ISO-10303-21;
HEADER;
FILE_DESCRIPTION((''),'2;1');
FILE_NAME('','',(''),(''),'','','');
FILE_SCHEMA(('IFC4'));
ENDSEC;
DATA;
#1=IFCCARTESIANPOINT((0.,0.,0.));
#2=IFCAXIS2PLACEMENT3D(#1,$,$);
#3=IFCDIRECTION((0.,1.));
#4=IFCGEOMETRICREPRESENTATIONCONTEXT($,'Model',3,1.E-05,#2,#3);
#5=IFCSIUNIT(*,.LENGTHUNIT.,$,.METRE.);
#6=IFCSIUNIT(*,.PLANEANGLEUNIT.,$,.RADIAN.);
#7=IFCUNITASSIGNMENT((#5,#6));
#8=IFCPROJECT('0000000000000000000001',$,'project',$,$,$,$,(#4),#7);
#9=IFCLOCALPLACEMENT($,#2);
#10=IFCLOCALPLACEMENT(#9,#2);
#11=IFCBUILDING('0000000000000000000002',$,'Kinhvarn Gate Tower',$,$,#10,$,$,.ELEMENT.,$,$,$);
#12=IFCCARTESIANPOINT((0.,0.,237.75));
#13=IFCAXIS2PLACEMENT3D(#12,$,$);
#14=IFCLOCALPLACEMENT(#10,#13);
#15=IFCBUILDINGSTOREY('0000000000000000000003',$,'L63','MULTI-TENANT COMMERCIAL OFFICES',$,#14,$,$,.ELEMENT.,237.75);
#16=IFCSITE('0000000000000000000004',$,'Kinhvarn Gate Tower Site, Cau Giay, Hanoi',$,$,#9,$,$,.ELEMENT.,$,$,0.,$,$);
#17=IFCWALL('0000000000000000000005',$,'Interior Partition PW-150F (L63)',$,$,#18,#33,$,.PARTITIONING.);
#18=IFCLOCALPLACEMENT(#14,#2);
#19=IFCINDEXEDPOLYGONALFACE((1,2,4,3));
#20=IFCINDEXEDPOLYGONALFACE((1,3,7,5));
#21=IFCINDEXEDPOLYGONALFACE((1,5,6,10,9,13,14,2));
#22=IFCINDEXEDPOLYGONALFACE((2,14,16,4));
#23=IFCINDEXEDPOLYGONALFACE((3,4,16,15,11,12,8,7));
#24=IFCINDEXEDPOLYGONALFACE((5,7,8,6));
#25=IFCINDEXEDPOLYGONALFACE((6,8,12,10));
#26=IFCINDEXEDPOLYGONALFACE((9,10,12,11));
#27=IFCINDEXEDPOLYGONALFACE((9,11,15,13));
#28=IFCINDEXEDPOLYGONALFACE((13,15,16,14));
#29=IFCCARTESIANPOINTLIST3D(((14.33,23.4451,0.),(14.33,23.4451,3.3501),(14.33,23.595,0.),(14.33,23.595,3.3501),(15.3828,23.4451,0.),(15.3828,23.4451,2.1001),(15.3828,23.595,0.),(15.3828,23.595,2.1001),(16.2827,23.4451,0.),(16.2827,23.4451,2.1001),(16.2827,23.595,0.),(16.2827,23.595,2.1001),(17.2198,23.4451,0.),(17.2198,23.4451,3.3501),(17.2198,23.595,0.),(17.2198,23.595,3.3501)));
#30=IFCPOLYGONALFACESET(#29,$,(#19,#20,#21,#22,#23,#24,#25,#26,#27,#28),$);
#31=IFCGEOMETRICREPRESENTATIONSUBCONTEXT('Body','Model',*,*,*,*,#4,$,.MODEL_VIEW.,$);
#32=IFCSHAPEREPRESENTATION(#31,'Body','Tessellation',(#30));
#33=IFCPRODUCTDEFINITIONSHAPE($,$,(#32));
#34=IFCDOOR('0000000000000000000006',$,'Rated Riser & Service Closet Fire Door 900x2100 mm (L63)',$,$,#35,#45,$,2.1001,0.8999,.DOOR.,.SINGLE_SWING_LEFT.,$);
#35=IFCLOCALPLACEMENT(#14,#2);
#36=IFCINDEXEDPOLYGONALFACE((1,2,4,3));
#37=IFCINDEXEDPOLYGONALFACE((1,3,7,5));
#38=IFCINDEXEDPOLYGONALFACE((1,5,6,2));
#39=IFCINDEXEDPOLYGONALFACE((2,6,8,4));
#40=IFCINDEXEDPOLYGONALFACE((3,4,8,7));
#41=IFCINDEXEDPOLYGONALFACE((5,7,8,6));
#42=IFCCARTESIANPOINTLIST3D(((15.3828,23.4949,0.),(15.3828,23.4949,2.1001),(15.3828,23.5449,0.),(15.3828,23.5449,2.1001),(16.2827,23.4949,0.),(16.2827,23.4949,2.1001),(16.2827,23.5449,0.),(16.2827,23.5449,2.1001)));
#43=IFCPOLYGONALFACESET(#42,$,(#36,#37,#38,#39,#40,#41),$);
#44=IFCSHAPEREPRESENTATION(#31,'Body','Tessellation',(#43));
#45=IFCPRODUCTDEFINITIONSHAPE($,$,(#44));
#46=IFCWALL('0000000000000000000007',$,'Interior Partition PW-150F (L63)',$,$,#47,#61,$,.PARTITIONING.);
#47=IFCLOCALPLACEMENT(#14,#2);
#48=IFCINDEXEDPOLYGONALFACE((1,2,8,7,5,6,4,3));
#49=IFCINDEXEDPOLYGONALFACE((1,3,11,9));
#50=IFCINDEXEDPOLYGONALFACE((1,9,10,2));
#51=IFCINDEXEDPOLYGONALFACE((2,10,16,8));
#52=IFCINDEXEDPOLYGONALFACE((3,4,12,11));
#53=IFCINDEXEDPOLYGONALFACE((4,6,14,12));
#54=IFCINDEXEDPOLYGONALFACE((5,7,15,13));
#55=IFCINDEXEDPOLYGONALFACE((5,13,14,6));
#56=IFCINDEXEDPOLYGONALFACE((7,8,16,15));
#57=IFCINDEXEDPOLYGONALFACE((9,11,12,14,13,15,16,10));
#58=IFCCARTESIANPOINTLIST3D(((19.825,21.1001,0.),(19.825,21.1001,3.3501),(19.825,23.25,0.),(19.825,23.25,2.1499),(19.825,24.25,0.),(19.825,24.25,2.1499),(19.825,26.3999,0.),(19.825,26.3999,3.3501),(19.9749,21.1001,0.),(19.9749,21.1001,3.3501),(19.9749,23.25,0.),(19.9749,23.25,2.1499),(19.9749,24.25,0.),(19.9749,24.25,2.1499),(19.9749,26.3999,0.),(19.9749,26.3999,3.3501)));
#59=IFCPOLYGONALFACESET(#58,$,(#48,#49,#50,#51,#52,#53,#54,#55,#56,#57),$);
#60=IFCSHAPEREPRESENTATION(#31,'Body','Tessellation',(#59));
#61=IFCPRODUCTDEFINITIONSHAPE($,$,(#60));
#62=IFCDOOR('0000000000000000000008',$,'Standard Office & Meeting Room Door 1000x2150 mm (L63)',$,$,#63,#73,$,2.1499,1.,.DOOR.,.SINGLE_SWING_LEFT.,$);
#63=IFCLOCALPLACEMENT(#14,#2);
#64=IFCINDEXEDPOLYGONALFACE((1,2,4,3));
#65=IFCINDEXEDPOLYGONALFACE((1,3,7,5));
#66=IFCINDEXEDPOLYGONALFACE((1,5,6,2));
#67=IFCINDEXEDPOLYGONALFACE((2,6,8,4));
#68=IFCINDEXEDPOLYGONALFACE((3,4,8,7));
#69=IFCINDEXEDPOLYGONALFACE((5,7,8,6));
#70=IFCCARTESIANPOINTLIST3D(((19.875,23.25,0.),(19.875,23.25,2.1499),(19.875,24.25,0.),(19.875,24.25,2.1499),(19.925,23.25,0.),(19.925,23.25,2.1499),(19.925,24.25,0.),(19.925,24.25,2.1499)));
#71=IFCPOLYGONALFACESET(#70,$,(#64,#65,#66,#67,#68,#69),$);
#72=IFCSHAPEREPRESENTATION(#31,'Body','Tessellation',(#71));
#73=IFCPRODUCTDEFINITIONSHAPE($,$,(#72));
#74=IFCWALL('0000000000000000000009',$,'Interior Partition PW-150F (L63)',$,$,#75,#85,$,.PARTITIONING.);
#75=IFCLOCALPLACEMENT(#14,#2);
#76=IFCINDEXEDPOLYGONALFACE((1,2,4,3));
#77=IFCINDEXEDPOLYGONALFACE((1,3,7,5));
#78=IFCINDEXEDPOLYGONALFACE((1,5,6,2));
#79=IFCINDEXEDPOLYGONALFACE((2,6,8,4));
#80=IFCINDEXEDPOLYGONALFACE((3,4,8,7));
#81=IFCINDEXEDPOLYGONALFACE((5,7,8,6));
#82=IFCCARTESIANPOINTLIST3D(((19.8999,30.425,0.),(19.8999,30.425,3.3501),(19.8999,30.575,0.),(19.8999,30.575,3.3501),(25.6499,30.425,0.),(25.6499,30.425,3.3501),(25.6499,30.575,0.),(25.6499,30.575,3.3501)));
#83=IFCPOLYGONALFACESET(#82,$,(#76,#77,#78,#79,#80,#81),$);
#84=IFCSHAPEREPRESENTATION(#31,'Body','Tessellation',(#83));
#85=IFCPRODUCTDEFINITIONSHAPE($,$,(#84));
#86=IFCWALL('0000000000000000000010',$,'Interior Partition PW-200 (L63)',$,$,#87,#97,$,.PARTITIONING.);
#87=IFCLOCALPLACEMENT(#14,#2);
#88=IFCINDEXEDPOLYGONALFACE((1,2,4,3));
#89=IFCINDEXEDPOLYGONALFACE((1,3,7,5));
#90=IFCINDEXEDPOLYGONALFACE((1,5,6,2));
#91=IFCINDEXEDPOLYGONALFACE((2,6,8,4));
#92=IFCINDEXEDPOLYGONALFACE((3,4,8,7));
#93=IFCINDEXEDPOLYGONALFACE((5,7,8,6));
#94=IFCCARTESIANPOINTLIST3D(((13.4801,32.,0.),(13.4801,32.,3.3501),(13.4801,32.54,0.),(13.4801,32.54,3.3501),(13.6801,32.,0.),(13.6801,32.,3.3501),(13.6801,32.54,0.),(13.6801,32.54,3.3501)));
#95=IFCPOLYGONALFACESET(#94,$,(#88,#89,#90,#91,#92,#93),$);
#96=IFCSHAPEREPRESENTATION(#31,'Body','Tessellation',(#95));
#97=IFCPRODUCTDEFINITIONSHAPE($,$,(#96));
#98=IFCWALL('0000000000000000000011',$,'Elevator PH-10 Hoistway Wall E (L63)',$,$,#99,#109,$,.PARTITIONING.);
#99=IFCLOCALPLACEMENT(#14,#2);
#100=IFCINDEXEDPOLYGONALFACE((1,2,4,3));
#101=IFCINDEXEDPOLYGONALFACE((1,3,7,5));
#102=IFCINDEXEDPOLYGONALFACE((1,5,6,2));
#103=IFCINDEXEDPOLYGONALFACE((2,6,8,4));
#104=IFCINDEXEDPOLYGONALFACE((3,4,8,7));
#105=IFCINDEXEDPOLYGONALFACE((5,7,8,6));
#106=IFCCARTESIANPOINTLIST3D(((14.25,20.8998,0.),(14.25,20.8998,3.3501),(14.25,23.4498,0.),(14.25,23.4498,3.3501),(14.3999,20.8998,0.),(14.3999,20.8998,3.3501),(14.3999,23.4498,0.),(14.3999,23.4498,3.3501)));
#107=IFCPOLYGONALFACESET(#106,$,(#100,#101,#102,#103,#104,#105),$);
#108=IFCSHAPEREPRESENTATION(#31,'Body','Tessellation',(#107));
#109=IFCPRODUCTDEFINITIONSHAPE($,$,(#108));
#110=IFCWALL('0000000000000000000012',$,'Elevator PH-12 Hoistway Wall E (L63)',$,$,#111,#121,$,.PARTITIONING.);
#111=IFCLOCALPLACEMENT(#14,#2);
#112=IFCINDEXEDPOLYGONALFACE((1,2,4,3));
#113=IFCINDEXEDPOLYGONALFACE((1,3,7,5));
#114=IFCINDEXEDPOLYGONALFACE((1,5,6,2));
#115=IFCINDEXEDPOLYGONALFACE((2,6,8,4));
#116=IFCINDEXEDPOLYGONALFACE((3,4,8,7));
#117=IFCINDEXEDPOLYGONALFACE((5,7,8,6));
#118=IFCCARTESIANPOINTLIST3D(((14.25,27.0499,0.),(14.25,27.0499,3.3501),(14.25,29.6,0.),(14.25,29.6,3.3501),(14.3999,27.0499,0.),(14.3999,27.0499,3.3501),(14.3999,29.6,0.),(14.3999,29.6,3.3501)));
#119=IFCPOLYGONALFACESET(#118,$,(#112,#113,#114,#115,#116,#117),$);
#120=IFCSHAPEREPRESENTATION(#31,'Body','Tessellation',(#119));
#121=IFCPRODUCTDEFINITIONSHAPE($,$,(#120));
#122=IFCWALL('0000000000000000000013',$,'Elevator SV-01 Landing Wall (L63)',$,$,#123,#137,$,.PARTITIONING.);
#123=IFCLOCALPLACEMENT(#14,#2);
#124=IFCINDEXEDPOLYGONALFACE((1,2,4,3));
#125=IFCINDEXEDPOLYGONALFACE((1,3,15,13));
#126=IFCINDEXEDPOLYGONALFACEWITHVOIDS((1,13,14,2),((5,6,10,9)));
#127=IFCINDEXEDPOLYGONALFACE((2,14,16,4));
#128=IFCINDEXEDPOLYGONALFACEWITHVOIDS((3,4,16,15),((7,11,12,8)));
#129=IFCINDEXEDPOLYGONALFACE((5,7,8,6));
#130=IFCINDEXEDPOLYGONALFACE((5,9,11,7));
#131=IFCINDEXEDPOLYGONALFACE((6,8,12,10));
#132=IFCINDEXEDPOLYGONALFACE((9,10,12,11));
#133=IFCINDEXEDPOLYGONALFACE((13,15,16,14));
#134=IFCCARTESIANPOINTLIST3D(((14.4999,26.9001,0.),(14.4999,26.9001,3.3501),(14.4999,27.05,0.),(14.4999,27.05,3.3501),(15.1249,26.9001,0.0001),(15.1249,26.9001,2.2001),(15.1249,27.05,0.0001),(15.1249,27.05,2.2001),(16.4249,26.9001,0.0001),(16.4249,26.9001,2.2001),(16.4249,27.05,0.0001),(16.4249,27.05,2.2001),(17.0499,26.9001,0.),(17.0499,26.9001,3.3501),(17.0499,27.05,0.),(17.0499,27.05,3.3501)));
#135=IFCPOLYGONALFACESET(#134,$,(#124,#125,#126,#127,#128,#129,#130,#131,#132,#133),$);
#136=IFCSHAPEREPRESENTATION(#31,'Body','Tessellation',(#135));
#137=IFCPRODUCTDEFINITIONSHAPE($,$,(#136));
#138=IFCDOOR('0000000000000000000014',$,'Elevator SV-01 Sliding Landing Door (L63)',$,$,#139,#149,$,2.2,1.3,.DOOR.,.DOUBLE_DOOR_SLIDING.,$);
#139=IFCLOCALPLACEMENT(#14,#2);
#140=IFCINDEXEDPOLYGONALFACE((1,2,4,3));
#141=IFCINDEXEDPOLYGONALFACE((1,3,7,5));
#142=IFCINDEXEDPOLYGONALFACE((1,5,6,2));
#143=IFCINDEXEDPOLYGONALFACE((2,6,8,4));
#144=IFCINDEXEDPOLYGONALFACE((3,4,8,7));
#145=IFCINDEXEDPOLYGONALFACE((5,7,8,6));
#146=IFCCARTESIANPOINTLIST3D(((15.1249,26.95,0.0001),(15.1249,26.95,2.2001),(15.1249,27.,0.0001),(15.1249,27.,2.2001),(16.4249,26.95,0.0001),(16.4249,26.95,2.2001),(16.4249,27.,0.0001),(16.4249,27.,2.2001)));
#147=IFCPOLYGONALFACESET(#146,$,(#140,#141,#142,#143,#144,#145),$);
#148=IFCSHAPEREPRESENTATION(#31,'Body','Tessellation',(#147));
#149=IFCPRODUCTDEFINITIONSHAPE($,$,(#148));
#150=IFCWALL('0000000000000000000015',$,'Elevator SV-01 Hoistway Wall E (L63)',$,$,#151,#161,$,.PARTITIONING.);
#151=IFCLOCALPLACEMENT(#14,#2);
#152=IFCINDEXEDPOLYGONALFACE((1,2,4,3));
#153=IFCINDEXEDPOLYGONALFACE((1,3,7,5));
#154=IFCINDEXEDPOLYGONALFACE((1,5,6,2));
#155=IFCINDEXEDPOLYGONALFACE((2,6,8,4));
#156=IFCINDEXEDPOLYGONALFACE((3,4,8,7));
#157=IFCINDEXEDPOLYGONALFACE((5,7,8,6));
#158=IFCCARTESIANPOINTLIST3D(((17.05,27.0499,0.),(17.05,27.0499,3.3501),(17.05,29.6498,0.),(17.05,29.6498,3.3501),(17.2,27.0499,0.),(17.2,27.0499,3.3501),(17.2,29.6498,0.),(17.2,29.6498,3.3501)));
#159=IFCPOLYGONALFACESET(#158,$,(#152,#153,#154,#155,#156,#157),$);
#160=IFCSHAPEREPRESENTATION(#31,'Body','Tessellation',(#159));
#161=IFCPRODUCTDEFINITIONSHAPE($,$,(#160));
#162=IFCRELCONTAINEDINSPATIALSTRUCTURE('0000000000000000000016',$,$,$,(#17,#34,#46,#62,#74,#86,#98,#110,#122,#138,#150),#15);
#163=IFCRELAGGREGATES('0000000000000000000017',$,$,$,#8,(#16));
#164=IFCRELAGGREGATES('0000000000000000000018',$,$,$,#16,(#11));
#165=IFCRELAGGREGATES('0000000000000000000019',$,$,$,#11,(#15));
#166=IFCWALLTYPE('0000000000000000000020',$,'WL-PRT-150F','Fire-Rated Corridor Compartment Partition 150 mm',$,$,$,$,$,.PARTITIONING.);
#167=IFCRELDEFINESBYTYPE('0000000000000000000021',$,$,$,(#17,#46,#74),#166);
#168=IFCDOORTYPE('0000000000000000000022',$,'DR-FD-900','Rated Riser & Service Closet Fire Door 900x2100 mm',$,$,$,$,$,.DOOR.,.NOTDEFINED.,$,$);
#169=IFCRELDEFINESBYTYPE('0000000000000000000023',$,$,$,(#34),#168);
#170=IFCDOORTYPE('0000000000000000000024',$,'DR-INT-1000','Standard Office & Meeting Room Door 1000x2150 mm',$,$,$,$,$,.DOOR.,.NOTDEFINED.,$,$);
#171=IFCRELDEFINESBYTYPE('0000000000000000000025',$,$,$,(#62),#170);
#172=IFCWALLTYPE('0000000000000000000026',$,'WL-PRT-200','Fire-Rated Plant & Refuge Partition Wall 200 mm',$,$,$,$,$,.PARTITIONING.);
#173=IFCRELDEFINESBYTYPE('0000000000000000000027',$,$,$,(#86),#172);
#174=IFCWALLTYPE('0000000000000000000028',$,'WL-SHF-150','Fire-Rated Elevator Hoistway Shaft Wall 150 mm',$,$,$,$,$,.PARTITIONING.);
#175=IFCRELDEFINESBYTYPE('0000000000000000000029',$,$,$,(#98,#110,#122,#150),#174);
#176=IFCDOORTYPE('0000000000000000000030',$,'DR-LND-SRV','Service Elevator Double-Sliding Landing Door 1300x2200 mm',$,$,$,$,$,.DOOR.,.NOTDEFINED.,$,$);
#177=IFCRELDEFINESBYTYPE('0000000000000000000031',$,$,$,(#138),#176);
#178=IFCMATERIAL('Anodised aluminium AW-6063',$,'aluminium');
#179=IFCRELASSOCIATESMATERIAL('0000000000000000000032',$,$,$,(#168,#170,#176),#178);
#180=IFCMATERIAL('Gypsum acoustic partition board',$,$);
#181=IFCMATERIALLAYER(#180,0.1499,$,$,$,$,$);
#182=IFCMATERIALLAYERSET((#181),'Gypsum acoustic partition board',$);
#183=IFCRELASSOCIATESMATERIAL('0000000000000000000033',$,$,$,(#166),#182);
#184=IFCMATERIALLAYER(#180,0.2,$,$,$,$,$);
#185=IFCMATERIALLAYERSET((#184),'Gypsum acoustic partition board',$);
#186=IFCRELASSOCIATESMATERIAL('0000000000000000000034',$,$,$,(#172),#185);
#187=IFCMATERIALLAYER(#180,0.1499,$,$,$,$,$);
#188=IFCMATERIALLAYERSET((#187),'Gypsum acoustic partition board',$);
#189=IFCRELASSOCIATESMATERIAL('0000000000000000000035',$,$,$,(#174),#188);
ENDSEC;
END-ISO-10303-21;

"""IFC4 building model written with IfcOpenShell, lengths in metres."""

from ifc_helpers import new_model, si_unit, direction, frame, frame_2d, origin, place, context, subcontext, project, spatial, rectangle, extrude, material, layer, layer_set, type_object, element, fill, save


model = new_model("IFC4")

# Units and contexts
model_context = context("Model", 3, precision=1e-05, world=origin(), true_north=direction((0.0, 1.0)))
body_context = subcontext(model_context, "Body", "Model", "MODEL_VIEW")
ifc_project = project(units=[si_unit("LENGTHUNIT", "METRE"), si_unit("PLANEANGLEUNIT", "RADIAN")], contexts=[model_context])

# Site, building, storey
site_placement = place(None, origin())
site = spatial("IfcSite", under=ifc_project, at=site_placement, Name="Kinhvarn Gate Tower Site, Cau Giay, Hanoi", CompositionType="ELEMENT", RefElevation=0.0)
building_placement = place(site_placement, origin())
building = spatial("IfcBuilding", under=site, at=building_placement, Name="Kinhvarn Gate Tower", CompositionType="ELEMENT")
storey_placement = place(building_placement, frame((0.0, 0.0, 237.75)))
storey = spatial("IfcBuildingStorey", under=building, at=storey_placement, Name="L63", Description="MULTI-TENANT COMMERCIAL OFFICES", CompositionType="ELEMENT", Elevation=237.75)

# Shared definitions
ifc_material_1 = material(Name="Anodised aluminium AW-6063", Category="aluminium")

# Shared definitions
ifc_material_2 = material(Name="Gypsum acoustic partition board")

# Shared definitions
door_type_1 = type_object("IfcDoorType", Name="DR-FD-900", Description="Rated Riser & Service Closet Fire Door 900x2100 mm", OperationType="NOTDEFINED", PredefinedType="DOOR", material=ifc_material_1)

# Walls, openings, doors
ifc_layer_1 = layer(ifc_material_2, 0.1499)
ifc_layer_set_1 = layer_set([ifc_layer_1], Name="Gypsum acoustic partition board")
wall_type_1 = type_object("IfcWallType", Name="WL-PRT-150F", Description="Fire-Rated Corridor Compartment Partition 150 mm", PredefinedType="PARTITIONING", material=ifc_layer_set_1)
wall_1_placement = place(storey_placement, frame((14.3301, 23.52, 0.0), z_axis=(0.0, 0.0, 1.0), x_axis=(1.0, 0.0, 0.0)))
wall_1 = element("IfcWall", 1, at=wall_1_placement, inside=storey, type_object=wall_type_1, Name="Interior Partition PW-150F (L63)", PredefinedType="PARTITIONING", context=body_context, shape_type="SweptSolid", body=[
    extrude(rectangle(XDim=2.8899, YDim=0.1499, at=frame_2d((1.4448, 0.0))), origin(), (0.0, 0.0, 1.0), 3.3501),
])
opening_1_placement = place(wall_1_placement, frame((1.0527, 0.0, 0.0)))
opening_1 = element("IfcOpeningElement", 2, at=opening_1_placement, cuts=wall_1, PredefinedType="OPENING", context=body_context, shape_type="SweptSolid", body=[
    extrude(rectangle(XDim=0.8999, YDim=2.1001, at=frame_2d((0.45, 1.05))), frame((0.0, 0.085, 0.0), z_axis=(0.0, -1.0, 0.0), x_axis=(1.0, 0.0, 0.0)), (0.0, 0.0, 1.0), 0.1699),
])
door_1_placement = place(opening_1_placement, origin())
door_1 = element("IfcDoor", 3, at=door_1_placement, inside=storey, type_object=door_type_1, Name="Rated Riser & Service Closet Fire Door 900x2100 mm (L63)", OperationType="SINGLE_SWING_LEFT", OverallHeight=2.1001, OverallWidth=0.8999, PredefinedType="DOOR", context=body_context, shape_type="SweptSolid", body=[
    extrude(rectangle(XDim=0.8999, YDim=2.1001, at=frame_2d((0.45, 1.05))), frame((0.0, 0.0249, 0.0), z_axis=(0.0, -1.0, 0.0), x_axis=(1.0, 0.0, 0.0)), (0.0, 0.0, 1.0), 0.05),
])
fill(opening_1, door_1)
door_type_2 = type_object("IfcDoorType", Name="DR-INT-1000", Description="Standard Office & Meeting Room Door 1000x2150 mm", OperationType="NOTDEFINED", PredefinedType="DOOR", material=ifc_material_1)
wall_2_placement = place(storey_placement, frame((19.8999, 21.1001, 0.0), z_axis=(0.0, 0.0, 1.0), x_axis=(0.0, 1.0, 0.0)))
wall_2 = element("IfcWall", 4, at=wall_2_placement, inside=storey, type_object=wall_type_1, Name="Interior Partition PW-150F (L63)", PredefinedType="PARTITIONING", context=body_context, shape_type="SweptSolid", body=[
    extrude(rectangle(XDim=5.2998, YDim=0.1499, at=frame_2d((2.6499, 0.0))), origin(), (0.0, 0.0, 1.0), 3.3501),
])
opening_2_placement = place(wall_2_placement, frame((2.1499, 0.0, 0.0)))
opening_2 = element("IfcOpeningElement", 5, at=opening_2_placement, cuts=wall_2, PredefinedType="OPENING", context=body_context, shape_type="SweptSolid", body=[
    extrude(rectangle(XDim=1.0, YDim=2.1499, at=frame_2d((0.5, 1.075))), frame((0.0, 0.085, 0.0), z_axis=(0.0, -1.0, 0.0), x_axis=(1.0, 0.0, 0.0)), (0.0, 0.0, 1.0), 0.1699),
])
door_2_placement = place(opening_2_placement, origin())
door_2 = element("IfcDoor", 6, at=door_2_placement, inside=storey, type_object=door_type_2, Name="Standard Office & Meeting Room Door 1000x2150 mm (L63)", OperationType="SINGLE_SWING_LEFT", OverallHeight=2.1499, OverallWidth=1.0, PredefinedType="DOOR", context=body_context, shape_type="SweptSolid", body=[
    extrude(rectangle(XDim=1.0, YDim=2.1499, at=frame_2d((0.5, 1.075))), frame((0.0, 0.0249, 0.0), z_axis=(0.0, -1.0, 0.0), x_axis=(1.0, 0.0, 0.0)), (0.0, 0.0, 1.0), 0.05),
])
fill(opening_2, door_2)

# Walls
wall_3_placement = place(storey_placement, frame((19.8999, 30.5, 0.0), z_axis=(0.0, 0.0, 1.0), x_axis=(1.0, 0.0, 0.0)))
element("IfcWall", 7, at=wall_3_placement, inside=storey, type_object=wall_type_1, Name="Interior Partition PW-150F (L63)", PredefinedType="PARTITIONING", context=body_context, shape_type="SweptSolid", body=[
    extrude(rectangle(XDim=5.75, YDim=0.1499, at=frame_2d((2.875, 0.0))), origin(), (0.0, 0.0, 1.0), 3.3501),
])
ifc_layer_2 = layer(ifc_material_2, 0.2)
ifc_layer_set_2 = layer_set([ifc_layer_2], Name="Gypsum acoustic partition board")
wall_type_2 = type_object("IfcWallType", Name="WL-PRT-200", Description="Fire-Rated Plant & Refuge Partition Wall 200 mm", PredefinedType="PARTITIONING", material=ifc_layer_set_2)
wall_4_placement = place(storey_placement, frame((13.5801, 32.0, 0.0), z_axis=(0.0, 0.0, 1.0), x_axis=(0.0, 1.0, 0.0)))
element("IfcWall", 8, at=wall_4_placement, inside=storey, type_object=wall_type_2, Name="Interior Partition PW-200 (L63)", PredefinedType="PARTITIONING", context=body_context, shape_type="SweptSolid", body=[
    extrude(rectangle(XDim=0.54, YDim=0.2, at=frame_2d((0.27, 0.0))), origin(), (0.0, 0.0, 1.0), 3.3501),
])
ifc_layer_3 = layer(ifc_material_2, 0.1499)
ifc_layer_set_3 = layer_set([ifc_layer_3], Name="Gypsum acoustic partition board")
wall_type_3 = type_object("IfcWallType", Name="WL-SHF-150", Description="Fire-Rated Elevator Hoistway Shaft Wall 150 mm", PredefinedType="PARTITIONING", material=ifc_layer_set_3)
for number, where, z_axis, x_axis, name in (
    (9, (14.325, 20.8999, 0.0), (0.0, 0.0, 1.0), (0.0, 1.0, 0.0), "Elevator PH-10 Hoistway Wall E (L63)"),
    (10, (14.325, 27.05, 0.0), (0.0, 0.0, 1.0), (0.0, 1.0, 0.0), "Elevator PH-12 Hoistway Wall E (L63)"),
):
    element("IfcWall", number, at=place(storey_placement, frame(where, z_axis=z_axis, x_axis=x_axis)), inside=storey, type_object=wall_type_3, Name=name, PredefinedType="PARTITIONING", context=body_context, shape_type="SweptSolid", body=[
        extrude(rectangle(XDim=2.55, YDim=0.1499, at=frame_2d((1.2749, 0.0))), origin(), (0.0, 0.0, 1.0), 3.3501),
    ])

# Wall, opening, door
wall_5_placement = place(storey_placement, frame((14.5, 26.9751, 0.0), z_axis=(0.0, 0.0, 1.0), x_axis=(1.0, 0.0, 0.0)))
wall_5 = element("IfcWall", 11, at=wall_5_placement, inside=storey, type_object=wall_type_3, Name="Elevator SV-01 Landing Wall (L63)", PredefinedType="PARTITIONING", context=body_context, shape_type="SweptSolid", body=[
    extrude(rectangle(XDim=2.55, YDim=0.1499, at=frame_2d((1.2749, 0.0))), origin(), (0.0, 0.0, 1.0), 3.3501),
])
opening_3_placement = place(wall_5_placement, frame((0.625, 0.0, 0.0)))
opening_3 = element("IfcOpeningElement", 12, at=opening_3_placement, cuts=wall_5, PredefinedType="OPENING", context=body_context, shape_type="SweptSolid", body=[
    extrude(rectangle(XDim=1.3, YDim=2.2, at=frame_2d((0.6499, 1.1001))), frame((0.0, 0.085, 0.0), z_axis=(0.0, -1.0, 0.0), x_axis=(1.0, 0.0, 0.0)), (0.0, 0.0, 1.0), 0.1699),
])
door_type_3 = type_object("IfcDoorType", Name="DR-LND-SRV", Description="Service Elevator Double-Sliding Landing Door 1300x2200 mm", OperationType="NOTDEFINED", PredefinedType="DOOR", material=ifc_material_1)
door_3_placement = place(opening_3_placement, origin())
door_3 = element("IfcDoor", 13, at=door_3_placement, inside=storey, type_object=door_type_3, Name="Elevator SV-01 Sliding Landing Door (L63)", OperationType="DOUBLE_DOOR_SLIDING", OverallHeight=2.2, OverallWidth=1.3, PredefinedType="DOOR", context=body_context, shape_type="SweptSolid", body=[
    extrude(rectangle(XDim=1.3, YDim=2.2, at=frame_2d((0.6499, 1.1001))), frame((0.0, 0.0249, 0.0), z_axis=(0.0, -1.0, 0.0), x_axis=(1.0, 0.0, 0.0)), (0.0, 0.0, 1.0), 0.05),
])
fill(opening_3, door_3)

# Wall
wall_6_placement = place(storey_placement, frame((17.125, 27.05, 0.0), z_axis=(0.0, 0.0, 1.0), x_axis=(0.0, 1.0, 0.0)))
element("IfcWall", 14, at=wall_6_placement, inside=storey, type_object=wall_type_3, Name="Elevator SV-01 Hoistway Wall E (L63)", PredefinedType="PARTITIONING", context=body_context, shape_type="SweptSolid", body=[
    extrude(rectangle(XDim=2.5999, YDim=0.1499, at=frame_2d((1.2998, 0.0))), origin(), (0.0, 0.0, 1.0), 3.3501),
])

save(model, "model.ifc")
